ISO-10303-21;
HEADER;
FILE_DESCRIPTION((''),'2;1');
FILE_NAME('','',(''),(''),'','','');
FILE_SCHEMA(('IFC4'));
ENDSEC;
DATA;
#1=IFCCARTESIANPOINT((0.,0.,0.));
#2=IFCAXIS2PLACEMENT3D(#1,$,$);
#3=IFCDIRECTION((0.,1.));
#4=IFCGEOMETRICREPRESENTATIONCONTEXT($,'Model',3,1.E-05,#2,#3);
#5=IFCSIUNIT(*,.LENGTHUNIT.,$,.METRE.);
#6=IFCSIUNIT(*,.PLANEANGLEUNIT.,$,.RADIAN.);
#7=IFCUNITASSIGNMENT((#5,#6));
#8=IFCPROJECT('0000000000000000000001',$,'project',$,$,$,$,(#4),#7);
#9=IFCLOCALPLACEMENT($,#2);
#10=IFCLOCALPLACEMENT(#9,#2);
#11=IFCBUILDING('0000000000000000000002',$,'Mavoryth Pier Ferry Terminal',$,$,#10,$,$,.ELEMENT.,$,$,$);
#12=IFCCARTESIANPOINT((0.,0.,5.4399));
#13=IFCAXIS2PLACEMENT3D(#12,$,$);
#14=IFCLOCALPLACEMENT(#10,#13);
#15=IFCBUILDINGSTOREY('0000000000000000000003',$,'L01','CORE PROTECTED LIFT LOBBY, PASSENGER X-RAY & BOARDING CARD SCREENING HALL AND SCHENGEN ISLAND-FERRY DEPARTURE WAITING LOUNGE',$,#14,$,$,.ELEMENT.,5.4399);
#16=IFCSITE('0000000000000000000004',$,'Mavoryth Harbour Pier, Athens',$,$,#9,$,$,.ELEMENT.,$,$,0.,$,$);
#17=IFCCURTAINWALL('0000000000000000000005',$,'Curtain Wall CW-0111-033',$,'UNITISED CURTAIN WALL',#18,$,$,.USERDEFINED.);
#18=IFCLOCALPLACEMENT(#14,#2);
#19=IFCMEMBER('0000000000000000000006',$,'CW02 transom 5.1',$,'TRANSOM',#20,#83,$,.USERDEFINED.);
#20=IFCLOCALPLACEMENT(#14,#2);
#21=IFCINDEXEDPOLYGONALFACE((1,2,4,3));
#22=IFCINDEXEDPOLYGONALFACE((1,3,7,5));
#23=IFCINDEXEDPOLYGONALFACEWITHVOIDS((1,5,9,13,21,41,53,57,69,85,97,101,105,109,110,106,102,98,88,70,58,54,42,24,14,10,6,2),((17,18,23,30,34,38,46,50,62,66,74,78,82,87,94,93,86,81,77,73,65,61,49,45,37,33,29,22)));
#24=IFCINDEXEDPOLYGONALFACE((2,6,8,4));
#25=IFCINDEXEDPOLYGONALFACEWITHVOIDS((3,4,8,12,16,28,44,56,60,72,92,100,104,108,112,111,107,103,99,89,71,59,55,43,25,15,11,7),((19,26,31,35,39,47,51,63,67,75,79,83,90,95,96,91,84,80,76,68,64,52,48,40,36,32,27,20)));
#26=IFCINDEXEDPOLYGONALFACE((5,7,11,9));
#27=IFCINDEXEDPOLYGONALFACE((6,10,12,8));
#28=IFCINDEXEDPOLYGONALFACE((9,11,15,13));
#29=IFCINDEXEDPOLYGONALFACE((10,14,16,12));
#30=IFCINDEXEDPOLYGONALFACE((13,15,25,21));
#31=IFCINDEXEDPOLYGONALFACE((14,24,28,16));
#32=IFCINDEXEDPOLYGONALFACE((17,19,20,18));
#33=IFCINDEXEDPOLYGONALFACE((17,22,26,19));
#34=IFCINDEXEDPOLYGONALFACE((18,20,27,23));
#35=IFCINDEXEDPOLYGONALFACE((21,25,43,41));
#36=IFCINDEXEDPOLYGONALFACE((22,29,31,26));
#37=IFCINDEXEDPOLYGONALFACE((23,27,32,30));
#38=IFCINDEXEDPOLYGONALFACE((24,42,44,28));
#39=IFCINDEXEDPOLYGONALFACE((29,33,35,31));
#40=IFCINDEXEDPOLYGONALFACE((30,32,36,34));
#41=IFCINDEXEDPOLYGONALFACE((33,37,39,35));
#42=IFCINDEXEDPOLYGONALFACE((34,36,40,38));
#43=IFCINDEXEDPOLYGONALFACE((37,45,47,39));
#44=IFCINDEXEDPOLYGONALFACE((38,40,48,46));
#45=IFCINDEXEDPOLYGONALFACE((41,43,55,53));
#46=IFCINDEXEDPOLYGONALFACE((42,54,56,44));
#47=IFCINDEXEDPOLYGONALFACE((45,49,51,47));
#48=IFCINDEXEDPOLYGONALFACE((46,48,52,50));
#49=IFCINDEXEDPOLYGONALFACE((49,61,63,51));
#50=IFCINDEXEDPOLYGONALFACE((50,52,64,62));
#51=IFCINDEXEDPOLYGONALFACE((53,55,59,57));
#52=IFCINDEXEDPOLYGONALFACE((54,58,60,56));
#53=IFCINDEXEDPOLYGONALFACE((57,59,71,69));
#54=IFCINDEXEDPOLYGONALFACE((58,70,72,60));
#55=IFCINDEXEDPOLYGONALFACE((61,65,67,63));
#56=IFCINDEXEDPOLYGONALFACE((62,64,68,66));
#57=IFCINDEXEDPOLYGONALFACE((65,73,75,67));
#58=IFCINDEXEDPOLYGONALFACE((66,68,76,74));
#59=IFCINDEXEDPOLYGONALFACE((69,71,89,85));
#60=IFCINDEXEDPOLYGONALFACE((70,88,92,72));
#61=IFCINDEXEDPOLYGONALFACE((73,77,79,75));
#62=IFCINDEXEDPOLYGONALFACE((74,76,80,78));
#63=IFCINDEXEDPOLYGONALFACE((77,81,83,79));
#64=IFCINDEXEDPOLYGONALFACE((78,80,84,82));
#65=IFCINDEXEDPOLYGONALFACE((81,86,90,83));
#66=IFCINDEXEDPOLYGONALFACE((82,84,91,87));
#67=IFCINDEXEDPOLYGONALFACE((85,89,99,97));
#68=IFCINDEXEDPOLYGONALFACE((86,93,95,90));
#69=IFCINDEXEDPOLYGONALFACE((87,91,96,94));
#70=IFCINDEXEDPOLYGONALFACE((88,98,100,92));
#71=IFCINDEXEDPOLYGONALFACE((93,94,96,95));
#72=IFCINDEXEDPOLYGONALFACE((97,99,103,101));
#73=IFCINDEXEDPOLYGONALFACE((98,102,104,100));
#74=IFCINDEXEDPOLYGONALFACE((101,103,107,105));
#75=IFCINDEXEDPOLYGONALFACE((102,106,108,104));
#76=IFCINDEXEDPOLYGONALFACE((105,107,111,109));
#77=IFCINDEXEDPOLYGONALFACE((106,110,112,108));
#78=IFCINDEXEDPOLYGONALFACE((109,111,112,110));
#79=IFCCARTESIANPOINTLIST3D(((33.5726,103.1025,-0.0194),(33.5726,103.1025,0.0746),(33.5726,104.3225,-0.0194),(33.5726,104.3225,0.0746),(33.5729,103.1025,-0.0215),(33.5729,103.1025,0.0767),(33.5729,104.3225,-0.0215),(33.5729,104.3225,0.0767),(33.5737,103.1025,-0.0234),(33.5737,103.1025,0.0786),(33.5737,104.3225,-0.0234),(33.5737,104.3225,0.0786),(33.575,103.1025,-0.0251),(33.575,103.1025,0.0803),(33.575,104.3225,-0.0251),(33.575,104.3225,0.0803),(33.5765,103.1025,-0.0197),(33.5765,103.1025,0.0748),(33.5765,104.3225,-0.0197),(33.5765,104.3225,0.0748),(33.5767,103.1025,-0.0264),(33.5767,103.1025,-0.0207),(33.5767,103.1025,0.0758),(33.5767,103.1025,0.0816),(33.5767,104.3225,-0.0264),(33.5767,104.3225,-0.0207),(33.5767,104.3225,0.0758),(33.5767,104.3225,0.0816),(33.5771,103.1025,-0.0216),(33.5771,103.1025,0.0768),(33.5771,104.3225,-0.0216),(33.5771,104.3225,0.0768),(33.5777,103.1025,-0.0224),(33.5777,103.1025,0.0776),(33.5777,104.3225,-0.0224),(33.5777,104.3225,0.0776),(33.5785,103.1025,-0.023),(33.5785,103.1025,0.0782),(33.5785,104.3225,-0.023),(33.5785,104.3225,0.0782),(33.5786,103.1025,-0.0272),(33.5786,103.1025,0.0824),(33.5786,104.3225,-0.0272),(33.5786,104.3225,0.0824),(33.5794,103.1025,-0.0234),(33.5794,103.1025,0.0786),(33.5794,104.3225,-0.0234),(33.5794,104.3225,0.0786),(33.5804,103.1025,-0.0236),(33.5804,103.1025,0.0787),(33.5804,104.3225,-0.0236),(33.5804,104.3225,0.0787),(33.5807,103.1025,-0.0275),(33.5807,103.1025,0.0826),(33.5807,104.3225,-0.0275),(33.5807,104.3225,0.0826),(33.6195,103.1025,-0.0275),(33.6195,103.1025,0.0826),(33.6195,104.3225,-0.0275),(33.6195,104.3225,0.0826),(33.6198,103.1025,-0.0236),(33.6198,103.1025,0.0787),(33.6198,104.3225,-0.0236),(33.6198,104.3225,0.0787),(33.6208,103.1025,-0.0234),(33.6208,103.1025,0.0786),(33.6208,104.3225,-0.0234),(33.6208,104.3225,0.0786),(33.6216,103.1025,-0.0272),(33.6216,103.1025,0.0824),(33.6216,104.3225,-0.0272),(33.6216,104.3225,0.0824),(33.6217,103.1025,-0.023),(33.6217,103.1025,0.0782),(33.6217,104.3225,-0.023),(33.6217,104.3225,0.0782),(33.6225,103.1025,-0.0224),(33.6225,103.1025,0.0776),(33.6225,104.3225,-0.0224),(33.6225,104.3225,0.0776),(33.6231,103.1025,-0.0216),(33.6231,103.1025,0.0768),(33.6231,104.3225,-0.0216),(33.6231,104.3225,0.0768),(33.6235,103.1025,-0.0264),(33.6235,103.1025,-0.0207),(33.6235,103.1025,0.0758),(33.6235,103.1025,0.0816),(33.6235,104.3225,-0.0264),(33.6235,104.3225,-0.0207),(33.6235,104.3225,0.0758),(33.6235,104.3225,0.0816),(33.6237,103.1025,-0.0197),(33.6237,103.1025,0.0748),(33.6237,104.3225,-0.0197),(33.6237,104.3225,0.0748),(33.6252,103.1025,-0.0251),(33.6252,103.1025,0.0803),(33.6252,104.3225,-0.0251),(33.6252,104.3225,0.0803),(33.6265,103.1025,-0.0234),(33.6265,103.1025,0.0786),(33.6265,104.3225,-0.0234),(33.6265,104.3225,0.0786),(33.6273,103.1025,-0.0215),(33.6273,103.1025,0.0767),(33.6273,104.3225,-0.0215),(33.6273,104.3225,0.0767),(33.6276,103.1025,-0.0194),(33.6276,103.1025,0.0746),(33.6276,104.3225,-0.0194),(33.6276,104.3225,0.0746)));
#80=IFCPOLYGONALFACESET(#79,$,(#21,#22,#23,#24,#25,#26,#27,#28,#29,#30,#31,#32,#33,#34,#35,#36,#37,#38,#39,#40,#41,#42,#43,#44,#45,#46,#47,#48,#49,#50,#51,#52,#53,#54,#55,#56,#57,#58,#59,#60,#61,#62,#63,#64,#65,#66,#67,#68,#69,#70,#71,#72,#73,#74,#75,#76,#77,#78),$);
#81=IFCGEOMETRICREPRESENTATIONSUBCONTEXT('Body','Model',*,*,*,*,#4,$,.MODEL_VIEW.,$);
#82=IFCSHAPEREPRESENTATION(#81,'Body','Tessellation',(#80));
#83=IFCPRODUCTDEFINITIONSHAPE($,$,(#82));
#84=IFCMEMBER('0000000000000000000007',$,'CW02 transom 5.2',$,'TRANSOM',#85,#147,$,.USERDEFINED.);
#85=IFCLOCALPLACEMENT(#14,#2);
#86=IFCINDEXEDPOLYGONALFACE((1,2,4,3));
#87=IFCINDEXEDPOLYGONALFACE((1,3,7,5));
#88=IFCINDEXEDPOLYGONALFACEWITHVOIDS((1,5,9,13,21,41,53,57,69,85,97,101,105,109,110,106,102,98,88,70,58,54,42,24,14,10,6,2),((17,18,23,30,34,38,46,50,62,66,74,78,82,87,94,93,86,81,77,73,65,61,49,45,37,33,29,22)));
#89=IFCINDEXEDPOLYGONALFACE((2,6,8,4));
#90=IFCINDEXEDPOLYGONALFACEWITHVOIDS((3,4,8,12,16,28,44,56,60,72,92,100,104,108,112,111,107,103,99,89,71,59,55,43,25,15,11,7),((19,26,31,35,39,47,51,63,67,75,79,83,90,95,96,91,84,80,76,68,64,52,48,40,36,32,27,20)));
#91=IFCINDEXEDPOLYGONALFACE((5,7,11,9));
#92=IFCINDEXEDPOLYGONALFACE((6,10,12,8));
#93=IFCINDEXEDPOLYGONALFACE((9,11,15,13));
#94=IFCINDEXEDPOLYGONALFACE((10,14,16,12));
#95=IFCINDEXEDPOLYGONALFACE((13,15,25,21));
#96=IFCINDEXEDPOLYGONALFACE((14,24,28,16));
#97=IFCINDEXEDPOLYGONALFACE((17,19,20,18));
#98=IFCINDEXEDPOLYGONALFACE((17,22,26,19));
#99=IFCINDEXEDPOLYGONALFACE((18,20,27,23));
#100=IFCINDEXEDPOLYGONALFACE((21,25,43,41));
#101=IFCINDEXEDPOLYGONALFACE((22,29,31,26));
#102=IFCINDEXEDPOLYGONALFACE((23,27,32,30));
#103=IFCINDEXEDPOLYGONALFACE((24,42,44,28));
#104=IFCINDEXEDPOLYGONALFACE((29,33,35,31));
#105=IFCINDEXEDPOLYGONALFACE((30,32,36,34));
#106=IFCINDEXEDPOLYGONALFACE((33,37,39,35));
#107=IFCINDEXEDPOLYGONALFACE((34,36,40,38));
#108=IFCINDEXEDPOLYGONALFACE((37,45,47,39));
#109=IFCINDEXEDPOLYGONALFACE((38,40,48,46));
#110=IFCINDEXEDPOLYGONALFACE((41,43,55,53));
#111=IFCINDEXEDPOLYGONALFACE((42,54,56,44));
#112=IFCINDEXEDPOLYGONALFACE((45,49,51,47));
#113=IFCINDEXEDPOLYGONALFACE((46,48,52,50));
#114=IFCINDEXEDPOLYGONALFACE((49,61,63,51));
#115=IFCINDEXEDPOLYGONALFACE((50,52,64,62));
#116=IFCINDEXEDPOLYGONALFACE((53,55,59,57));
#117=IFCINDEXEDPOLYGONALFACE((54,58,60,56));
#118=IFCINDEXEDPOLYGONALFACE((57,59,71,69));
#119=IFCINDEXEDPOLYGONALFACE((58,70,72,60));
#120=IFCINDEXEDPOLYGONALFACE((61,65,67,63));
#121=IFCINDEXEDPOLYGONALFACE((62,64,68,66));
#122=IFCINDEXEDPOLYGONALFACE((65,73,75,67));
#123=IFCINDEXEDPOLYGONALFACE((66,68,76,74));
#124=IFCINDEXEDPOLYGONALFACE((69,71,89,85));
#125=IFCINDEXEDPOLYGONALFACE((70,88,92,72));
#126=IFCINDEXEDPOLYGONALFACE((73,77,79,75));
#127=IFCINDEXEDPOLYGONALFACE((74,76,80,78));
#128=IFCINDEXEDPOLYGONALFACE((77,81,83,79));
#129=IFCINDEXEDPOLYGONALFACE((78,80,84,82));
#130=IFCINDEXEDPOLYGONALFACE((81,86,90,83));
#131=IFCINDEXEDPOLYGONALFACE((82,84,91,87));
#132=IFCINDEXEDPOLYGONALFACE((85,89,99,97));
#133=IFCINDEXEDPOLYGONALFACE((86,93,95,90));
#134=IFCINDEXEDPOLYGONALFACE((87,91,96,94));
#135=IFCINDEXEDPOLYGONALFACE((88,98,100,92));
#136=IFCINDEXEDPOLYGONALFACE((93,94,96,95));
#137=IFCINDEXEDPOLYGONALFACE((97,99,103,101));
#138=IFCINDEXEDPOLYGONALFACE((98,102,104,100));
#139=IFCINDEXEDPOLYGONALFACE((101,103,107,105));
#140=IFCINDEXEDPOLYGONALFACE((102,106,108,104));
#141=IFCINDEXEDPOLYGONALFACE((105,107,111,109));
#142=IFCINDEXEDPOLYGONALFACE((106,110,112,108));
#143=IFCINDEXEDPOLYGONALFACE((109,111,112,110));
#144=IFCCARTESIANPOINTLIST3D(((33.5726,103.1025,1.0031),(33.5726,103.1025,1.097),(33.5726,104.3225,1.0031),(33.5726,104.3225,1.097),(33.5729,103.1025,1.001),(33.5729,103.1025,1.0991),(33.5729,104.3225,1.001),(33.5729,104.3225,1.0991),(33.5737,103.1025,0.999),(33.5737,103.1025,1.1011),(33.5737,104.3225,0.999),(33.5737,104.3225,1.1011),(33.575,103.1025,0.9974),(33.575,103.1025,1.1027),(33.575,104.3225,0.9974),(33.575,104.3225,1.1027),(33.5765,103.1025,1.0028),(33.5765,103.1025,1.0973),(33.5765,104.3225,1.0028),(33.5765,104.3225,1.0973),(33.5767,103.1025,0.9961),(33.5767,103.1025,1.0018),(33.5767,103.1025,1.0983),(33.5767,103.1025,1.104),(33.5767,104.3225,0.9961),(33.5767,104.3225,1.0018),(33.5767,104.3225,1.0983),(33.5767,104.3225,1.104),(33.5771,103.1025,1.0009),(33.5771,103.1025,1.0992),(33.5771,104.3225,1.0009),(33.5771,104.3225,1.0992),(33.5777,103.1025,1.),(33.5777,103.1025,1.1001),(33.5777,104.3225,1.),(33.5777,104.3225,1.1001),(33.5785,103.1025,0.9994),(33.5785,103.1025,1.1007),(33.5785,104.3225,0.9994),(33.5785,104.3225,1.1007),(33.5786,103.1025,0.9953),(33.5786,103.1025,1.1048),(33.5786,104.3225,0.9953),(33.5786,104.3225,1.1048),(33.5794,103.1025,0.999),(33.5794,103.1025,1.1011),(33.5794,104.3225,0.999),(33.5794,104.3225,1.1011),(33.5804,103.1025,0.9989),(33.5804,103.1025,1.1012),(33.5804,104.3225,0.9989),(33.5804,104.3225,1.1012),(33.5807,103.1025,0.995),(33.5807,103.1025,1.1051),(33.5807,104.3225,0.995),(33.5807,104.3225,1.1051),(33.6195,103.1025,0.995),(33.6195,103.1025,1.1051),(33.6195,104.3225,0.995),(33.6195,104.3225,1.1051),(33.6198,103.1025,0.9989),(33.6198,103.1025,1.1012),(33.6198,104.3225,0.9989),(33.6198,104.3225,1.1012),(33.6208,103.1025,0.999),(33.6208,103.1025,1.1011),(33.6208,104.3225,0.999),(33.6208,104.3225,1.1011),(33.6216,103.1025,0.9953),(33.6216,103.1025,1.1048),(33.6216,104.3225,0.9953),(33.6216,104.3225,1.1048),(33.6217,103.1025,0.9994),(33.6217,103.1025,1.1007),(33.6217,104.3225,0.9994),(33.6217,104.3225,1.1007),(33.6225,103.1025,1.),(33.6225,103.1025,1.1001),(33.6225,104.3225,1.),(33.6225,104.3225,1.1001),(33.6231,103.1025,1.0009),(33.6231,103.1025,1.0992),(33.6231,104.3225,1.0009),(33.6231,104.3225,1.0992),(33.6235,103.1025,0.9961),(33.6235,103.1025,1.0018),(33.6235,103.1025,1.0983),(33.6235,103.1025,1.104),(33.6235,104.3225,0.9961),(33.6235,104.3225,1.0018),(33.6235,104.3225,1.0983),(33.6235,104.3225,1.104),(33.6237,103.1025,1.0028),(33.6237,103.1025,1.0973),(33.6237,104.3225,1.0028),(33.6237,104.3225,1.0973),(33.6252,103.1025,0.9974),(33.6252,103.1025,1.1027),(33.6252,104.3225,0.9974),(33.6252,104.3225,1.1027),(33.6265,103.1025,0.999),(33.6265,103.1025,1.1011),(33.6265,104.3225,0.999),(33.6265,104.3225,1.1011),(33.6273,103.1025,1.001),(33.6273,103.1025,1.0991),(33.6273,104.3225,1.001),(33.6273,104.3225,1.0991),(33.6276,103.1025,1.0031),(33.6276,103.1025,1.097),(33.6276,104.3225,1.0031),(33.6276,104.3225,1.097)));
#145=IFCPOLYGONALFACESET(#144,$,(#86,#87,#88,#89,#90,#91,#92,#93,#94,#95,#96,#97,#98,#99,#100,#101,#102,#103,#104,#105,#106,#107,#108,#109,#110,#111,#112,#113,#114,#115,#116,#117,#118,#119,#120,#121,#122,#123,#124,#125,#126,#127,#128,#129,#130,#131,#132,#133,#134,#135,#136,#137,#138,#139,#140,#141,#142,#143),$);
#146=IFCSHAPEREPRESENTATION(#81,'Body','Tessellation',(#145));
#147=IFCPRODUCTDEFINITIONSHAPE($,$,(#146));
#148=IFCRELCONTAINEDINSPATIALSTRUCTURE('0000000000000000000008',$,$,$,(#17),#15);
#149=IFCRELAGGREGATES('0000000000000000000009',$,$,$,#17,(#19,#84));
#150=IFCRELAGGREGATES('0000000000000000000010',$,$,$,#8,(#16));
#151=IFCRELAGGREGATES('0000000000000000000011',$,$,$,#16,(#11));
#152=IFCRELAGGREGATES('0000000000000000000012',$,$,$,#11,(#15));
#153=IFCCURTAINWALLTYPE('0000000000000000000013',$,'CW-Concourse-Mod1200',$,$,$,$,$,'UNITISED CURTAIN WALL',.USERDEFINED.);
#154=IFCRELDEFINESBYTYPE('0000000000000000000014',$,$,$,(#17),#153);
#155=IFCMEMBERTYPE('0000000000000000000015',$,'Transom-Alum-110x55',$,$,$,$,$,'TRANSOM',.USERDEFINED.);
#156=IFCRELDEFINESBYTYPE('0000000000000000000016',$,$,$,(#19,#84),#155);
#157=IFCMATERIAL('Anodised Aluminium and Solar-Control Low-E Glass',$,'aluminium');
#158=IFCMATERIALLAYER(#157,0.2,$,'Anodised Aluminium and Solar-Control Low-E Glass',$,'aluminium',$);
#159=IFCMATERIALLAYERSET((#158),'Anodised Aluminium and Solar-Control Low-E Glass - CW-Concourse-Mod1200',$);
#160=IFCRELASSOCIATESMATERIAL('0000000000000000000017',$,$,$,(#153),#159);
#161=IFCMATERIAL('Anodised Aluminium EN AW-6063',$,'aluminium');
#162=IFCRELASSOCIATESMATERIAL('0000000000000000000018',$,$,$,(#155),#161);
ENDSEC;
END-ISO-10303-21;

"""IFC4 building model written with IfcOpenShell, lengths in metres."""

from ifc_helpers import new_model, si_unit, direction, frame, origin, origin_2d, place, context, subcontext, project, spatial, hollow_rectangle, extrude, material, layer, layer_set, material_profile, profile_set, type_object, element, aggregate, save


model = new_model("IFC4")

# Units and contexts
model_context = context("Model", 3, precision=1e-05, world=origin(), true_north=direction((0.0, 1.0)))
body_context = subcontext(model_context, "Body", "Model", "MODEL_VIEW")
ifc_project = project(units=[si_unit("LENGTHUNIT", "METRE"), si_unit("PLANEANGLEUNIT", "RADIAN")], contexts=[model_context])

# Site, building, storey
site_placement = place(None, origin())
site = spatial("IfcSite", under=ifc_project, at=site_placement, Name="Mavoryth Harbour Pier, Athens", CompositionType="ELEMENT", RefElevation=0.0)
building_placement = place(site_placement, origin())
building = spatial("IfcBuilding", under=site, at=building_placement, Name="Mavoryth Pier Ferry Terminal", CompositionType="ELEMENT")
storey_placement = place(building_placement, frame((0.0, 0.0, 5.4399)))
storey = spatial("IfcBuildingStorey", under=building, at=storey_placement, Name="L01", Description="CORE PROTECTED LIFT LOBBY, PASSENGER X-RAY & BOARDING CARD SCREENING HALL AND SCHENGEN ISLAND-FERRY DEPARTURE WAITING LOUNGE", CompositionType="ELEMENT", Elevation=5.4399)

# Curtain wall
ifc_material_1 = material(Name="Anodised Aluminium and Solar-Control Low-E Glass", Category="aluminium")
ifc_layer_1 = layer(ifc_material_1, 0.2, Name="Anodised Aluminium and Solar-Control Low-E Glass", Category="aluminium")
ifc_layer_set_1 = layer_set([ifc_layer_1], Name="Anodised Aluminium and Solar-Control Low-E Glass - CW-Concourse-Mod1200")
curtain_wall_type_1 = type_object("IfcCurtainWallType", Name="CW-Concourse-Mod1200", ElementType="UNITISED CURTAIN WALL", PredefinedType="USERDEFINED", material=ifc_layer_set_1)
curtain_wall_1_placement = place(storey_placement, origin())
curtain_wall_1 = element("IfcCurtainWall", 1, at=curtain_wall_1_placement, inside=storey, type_object=curtain_wall_type_1, Name="Curtain Wall CW-0111-033", ObjectType="UNITISED CURTAIN WALL", PredefinedType="USERDEFINED")
ifc_material_2 = material(Name="Anodised Aluminium EN AW-6063", Category="aluminium")

# Members
ifc_material_profile_1 = material_profile(ifc_material_2, hollow_rectangle(XDim=0.0549, YDim=0.1101, WallThickness=0.0039, InnerFilletRadius=0.0039, OuterFilletRadius=0.0081, at=origin_2d()), Name="AL-TRAN 110x55x4", Category="aluminium")
ifc_profile_set_1 = profile_set([ifc_material_profile_1], Name="Anodised Aluminium EN AW-6063 - AL-TRAN 110x55x4")
member_type_1 = type_object("IfcMemberType", Name="Transom-Alum-110x55", ElementType="TRANSOM", PredefinedType="USERDEFINED", material=ifc_profile_set_1)
member_1_placement = place(storey_placement, frame((33.6001, 103.1025, 0.0276), z_axis=(0.0, 1.0, 0.0), x_axis=(-1.0, 0.0, 0.0)))
member_1 = element("IfcMember", 2, at=member_1_placement, type_object=member_type_1, Name="CW02 transom 5.1", ObjectType="TRANSOM", PredefinedType="USERDEFINED", context=body_context, shape_type="SweptSolid", body=[
    extrude(hollow_rectangle(XDim=0.0549, YDim=0.1101, WallThickness=0.0039, InnerFilletRadius=0.0039, OuterFilletRadius=0.0081, at=origin_2d()), origin(), (0.0, 0.0, 1.0), 1.22),
])
member_2_placement = place(storey_placement, frame((33.6001, 103.1025, 1.05), z_axis=(0.0, 1.0, 0.0), x_axis=(-1.0, 0.0, 0.0)))
member_2 = element("IfcMember", 3, at=member_2_placement, type_object=member_type_1, Name="CW02 transom 5.2", ObjectType="TRANSOM", PredefinedType="USERDEFINED", context=body_context, shape_type="SweptSolid", body=[
    extrude(hollow_rectangle(XDim=0.0549, YDim=0.1101, WallThickness=0.0039, InnerFilletRadius=0.0039, OuterFilletRadius=0.0081, at=origin_2d()), origin(), (0.0, 0.0, 1.0), 1.22),
])

aggregate(curtain_wall_1, [member_1, member_2])

save(model, "model.ifc")
